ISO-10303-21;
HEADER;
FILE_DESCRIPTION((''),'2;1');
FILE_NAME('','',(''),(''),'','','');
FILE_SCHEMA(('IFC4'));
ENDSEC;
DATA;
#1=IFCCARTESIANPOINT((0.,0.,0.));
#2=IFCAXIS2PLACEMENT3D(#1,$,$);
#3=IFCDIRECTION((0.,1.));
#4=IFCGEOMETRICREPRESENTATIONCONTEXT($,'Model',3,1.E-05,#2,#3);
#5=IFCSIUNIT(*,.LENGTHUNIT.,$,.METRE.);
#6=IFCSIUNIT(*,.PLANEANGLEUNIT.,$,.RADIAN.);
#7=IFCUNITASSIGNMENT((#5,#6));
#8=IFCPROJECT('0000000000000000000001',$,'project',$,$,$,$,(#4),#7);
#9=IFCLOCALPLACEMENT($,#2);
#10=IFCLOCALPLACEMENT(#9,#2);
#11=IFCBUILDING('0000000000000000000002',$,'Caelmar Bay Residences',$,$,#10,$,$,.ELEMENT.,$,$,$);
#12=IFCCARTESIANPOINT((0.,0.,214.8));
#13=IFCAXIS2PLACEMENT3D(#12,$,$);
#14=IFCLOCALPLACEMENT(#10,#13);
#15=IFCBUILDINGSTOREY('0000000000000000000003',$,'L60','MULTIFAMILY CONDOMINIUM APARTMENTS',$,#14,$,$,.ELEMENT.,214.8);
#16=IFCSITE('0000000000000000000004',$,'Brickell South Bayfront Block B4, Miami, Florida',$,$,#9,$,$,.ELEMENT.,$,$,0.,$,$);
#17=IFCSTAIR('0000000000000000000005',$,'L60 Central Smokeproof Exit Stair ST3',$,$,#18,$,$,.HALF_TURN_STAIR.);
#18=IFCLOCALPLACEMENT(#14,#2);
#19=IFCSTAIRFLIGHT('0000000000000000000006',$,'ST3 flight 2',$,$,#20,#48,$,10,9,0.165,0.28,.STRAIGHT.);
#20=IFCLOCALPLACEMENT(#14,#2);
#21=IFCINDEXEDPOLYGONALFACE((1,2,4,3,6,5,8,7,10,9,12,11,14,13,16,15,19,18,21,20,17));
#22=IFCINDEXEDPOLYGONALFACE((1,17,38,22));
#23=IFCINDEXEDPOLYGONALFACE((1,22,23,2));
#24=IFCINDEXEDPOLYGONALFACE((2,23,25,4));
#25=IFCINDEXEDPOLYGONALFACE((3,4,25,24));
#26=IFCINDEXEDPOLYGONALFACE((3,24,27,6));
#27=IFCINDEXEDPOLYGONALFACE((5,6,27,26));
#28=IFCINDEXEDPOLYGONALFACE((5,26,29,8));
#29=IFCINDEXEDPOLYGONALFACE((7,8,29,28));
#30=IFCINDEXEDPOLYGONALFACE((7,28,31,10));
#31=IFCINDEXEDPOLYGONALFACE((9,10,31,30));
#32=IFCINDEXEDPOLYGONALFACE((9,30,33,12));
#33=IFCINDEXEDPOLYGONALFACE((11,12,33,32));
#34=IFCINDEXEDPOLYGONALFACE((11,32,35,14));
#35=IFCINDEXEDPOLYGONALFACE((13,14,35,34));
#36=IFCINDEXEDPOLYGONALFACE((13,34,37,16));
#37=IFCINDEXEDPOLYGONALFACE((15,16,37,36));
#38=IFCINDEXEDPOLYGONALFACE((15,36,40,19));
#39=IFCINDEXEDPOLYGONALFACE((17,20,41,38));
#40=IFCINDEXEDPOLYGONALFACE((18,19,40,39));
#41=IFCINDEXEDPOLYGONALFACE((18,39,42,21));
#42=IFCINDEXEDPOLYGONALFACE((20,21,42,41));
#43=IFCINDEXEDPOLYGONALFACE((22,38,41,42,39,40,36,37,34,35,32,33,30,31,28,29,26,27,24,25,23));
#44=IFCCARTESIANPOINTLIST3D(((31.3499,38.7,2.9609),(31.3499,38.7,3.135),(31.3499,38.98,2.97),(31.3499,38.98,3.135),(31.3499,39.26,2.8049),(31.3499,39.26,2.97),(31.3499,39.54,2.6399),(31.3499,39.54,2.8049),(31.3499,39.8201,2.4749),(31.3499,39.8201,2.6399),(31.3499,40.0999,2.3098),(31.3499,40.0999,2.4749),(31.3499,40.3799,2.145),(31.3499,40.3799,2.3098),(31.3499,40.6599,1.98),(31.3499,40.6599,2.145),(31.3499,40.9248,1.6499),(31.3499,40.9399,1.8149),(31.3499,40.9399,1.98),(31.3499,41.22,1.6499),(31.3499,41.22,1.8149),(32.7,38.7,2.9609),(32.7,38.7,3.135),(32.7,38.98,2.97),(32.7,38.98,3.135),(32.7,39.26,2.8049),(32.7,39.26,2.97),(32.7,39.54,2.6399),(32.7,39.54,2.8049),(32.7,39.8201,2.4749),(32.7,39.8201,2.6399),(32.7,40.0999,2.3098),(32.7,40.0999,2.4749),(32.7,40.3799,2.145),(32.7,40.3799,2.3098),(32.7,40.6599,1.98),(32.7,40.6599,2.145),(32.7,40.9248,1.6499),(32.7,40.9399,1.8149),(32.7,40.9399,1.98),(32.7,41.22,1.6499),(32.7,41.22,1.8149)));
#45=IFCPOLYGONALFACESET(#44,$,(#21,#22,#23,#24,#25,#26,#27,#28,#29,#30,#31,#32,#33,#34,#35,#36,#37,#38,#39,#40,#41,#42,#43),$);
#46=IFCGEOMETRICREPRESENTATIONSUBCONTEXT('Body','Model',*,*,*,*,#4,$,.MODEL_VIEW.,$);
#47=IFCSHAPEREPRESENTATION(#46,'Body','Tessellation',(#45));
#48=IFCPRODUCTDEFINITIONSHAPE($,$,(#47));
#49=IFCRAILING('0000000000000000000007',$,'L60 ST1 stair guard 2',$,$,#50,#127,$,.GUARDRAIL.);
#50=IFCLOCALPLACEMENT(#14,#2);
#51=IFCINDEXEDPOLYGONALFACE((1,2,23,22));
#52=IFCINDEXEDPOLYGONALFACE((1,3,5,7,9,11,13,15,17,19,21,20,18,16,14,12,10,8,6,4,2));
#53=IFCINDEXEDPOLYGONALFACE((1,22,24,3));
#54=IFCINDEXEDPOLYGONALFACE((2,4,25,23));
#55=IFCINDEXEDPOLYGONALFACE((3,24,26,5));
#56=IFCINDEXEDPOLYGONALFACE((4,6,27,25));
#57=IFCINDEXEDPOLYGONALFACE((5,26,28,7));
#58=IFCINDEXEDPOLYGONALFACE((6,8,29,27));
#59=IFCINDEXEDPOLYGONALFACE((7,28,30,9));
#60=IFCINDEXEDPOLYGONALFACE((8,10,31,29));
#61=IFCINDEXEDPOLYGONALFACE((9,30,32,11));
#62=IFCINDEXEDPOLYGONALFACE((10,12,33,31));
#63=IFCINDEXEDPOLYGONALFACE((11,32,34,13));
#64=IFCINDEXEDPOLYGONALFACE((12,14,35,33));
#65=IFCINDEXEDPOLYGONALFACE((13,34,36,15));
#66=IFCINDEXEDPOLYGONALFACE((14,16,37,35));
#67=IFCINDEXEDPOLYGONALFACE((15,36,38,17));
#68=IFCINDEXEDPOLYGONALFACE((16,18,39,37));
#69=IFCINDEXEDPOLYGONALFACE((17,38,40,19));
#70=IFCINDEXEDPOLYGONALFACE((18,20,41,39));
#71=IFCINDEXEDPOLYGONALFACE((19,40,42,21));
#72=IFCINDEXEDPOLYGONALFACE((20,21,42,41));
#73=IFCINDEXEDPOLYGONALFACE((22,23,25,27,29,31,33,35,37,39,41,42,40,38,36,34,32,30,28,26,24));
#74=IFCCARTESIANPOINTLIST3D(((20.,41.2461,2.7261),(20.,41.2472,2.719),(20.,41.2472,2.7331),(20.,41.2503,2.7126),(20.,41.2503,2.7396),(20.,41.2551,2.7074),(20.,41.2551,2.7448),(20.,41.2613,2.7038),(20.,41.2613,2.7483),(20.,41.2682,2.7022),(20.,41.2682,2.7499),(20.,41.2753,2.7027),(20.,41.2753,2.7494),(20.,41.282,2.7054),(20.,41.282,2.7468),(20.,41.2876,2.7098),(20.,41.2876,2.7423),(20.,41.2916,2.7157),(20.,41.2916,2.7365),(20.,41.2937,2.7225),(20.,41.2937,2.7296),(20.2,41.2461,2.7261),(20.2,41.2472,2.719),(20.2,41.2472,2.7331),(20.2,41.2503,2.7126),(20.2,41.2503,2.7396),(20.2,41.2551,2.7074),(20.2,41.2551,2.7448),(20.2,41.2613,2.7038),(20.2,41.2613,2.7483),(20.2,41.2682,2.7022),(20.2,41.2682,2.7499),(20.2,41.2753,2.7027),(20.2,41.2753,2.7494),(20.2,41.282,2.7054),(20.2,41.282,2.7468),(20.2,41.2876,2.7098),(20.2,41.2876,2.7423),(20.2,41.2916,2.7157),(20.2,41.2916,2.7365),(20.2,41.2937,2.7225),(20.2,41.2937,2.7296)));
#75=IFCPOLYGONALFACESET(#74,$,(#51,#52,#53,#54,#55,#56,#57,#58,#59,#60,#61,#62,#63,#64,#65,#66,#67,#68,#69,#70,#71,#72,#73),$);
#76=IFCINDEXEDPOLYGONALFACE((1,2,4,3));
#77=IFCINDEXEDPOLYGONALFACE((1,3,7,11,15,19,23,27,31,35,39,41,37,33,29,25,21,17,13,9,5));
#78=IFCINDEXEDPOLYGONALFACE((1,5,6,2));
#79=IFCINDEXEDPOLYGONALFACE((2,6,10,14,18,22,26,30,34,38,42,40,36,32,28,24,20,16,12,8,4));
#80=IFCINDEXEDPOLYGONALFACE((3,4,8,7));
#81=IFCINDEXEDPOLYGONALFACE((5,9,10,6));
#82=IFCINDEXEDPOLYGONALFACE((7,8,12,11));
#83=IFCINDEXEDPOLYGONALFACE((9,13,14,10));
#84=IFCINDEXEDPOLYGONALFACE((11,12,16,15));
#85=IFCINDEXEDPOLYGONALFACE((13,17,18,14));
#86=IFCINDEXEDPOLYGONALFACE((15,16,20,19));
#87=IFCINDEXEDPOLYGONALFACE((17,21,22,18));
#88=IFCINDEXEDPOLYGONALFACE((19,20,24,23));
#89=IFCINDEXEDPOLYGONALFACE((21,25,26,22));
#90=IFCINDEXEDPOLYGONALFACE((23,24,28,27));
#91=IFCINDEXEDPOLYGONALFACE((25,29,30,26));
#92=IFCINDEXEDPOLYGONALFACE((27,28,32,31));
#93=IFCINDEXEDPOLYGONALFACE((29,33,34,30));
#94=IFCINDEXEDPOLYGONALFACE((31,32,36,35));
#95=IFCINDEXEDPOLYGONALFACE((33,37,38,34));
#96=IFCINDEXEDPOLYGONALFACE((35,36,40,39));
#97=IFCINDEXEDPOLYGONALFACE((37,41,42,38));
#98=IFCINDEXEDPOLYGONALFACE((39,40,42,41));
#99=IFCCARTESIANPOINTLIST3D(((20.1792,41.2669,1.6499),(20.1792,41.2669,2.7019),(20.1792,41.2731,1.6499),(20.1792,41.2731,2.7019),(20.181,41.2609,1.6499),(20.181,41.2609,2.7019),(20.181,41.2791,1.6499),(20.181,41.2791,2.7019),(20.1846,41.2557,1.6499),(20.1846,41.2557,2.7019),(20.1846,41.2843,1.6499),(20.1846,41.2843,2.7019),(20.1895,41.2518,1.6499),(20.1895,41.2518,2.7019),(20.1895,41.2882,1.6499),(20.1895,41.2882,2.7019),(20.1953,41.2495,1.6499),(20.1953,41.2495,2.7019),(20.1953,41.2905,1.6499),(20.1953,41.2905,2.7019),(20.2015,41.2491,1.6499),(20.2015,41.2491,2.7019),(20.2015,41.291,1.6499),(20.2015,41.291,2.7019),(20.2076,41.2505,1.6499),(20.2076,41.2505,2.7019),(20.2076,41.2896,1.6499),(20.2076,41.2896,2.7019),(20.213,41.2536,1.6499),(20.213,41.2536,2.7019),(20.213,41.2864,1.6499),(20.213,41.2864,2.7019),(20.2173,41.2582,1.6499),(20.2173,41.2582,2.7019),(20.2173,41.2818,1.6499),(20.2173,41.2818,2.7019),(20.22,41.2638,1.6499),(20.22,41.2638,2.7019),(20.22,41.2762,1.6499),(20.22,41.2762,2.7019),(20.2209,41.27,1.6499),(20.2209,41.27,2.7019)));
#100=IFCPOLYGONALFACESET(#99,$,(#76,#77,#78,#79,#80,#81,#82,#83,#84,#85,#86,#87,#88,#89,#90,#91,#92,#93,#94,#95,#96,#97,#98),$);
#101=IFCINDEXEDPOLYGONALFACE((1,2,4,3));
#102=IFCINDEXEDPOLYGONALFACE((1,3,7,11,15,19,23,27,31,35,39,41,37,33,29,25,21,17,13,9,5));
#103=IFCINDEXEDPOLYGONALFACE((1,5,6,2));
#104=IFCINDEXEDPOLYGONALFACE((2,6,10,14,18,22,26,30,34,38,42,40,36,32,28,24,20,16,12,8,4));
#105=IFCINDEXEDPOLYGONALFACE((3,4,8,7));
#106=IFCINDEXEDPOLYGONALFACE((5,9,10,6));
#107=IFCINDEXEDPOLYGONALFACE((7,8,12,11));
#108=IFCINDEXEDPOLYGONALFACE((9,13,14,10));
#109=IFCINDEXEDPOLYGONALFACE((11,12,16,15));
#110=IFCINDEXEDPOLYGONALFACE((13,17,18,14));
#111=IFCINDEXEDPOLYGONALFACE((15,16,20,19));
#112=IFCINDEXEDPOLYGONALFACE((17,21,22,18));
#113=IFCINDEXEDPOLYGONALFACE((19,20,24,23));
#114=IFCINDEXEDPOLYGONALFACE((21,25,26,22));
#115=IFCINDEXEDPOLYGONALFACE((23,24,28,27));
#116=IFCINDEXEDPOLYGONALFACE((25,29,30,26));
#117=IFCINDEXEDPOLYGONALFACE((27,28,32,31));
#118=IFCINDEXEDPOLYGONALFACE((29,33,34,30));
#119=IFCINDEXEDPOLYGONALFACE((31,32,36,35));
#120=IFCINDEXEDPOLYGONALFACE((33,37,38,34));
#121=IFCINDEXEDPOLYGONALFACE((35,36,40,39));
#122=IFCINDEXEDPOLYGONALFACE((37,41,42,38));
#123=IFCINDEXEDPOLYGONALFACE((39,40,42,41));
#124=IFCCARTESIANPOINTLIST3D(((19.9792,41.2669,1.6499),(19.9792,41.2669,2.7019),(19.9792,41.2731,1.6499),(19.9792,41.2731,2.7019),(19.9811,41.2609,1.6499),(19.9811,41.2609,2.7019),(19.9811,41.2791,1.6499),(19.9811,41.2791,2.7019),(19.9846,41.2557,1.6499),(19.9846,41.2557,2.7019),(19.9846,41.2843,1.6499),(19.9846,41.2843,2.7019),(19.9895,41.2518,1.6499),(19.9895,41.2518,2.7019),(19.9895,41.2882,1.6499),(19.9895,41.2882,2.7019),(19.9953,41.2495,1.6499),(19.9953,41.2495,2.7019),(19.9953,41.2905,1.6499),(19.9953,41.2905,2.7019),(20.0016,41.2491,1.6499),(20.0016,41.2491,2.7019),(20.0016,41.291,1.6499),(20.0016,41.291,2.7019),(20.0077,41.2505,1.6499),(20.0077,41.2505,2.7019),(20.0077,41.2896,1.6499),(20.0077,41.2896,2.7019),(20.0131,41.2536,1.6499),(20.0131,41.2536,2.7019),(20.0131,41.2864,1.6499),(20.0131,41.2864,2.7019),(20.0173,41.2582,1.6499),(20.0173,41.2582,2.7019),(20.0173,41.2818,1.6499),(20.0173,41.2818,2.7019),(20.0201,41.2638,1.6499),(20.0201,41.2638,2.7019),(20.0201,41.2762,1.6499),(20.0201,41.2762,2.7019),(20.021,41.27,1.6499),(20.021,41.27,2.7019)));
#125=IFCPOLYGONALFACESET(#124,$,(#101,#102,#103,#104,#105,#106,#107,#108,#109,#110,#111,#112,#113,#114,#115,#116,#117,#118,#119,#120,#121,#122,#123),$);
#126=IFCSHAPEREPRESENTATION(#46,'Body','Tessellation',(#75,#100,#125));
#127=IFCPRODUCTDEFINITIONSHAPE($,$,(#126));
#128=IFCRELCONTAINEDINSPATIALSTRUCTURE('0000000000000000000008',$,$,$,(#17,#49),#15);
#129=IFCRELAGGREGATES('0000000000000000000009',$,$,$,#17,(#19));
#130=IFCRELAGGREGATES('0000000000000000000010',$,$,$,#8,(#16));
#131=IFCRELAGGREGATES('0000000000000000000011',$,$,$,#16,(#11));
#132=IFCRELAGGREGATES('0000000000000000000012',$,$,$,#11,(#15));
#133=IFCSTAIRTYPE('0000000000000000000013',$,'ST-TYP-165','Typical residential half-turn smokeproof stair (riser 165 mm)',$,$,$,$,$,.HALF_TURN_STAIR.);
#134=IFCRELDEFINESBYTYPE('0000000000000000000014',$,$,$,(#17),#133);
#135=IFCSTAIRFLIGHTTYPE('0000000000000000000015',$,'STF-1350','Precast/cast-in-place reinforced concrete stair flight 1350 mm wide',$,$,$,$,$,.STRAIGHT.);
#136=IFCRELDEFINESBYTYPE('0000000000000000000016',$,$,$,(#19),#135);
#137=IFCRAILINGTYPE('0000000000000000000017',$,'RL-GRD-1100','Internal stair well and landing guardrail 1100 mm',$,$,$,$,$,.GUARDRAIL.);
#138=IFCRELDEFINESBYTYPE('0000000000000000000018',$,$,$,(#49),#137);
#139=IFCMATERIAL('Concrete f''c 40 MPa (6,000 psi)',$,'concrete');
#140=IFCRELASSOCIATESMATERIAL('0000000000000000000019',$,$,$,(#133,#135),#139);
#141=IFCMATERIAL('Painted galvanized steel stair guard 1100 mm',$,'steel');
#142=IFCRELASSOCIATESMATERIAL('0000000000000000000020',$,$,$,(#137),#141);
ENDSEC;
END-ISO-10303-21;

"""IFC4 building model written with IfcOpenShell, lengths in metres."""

from ifc_helpers import new_model, si_unit, direction, frame, origin, origin_2d, place, context, subcontext, project, spatial, polyline, circle, outline, extrude, material, type_object, element, aggregate, save


model = new_model("IFC4")

# Units and contexts
model_context = context("Model", 3, precision=1e-05, world=origin(), true_north=direction((0.0, 1.0)))
body_context = subcontext(model_context, "Body", "Model", "MODEL_VIEW")
ifc_project = project(units=[si_unit("LENGTHUNIT", "METRE"), si_unit("PLANEANGLEUNIT", "RADIAN")], contexts=[model_context])

# Site, building, storey
site_placement = place(None, origin())
site = spatial("IfcSite", under=ifc_project, at=site_placement, Name="Brickell South Bayfront Block B4, Miami, Florida", CompositionType="ELEMENT", RefElevation=0.0)
building_placement = place(site_placement, origin())
building = spatial("IfcBuilding", under=site, at=building_placement, Name="Caelmar Bay Residences", CompositionType="ELEMENT")
storey_placement = place(building_placement, frame((0.0, 0.0, 214.8)))
storey = spatial("IfcBuildingStorey", under=building, at=storey_placement, Name="L60", Description="MULTIFAMILY CONDOMINIUM APARTMENTS", CompositionType="ELEMENT", Elevation=214.8)

# Stair, stair flight
ifc_material_1 = material(Name="Concrete f'c 40 MPa (6,000 psi)", Category="concrete")
stair_type = type_object("IfcStairType", Name="ST-TYP-165", Description="Typical residential half-turn smokeproof stair (riser 165 mm)", PredefinedType="HALF_TURN_STAIR", material=ifc_material_1)
stair_flight_type = type_object("IfcStairFlightType", Name="STF-1350", Description="Precast/cast-in-place reinforced concrete stair flight 1350 mm wide", PredefinedType="STRAIGHT", material=ifc_material_1)
stair_1_placement = place(storey_placement, origin())
stair_1 = element("IfcStair", 1, at=stair_1_placement, inside=storey, type_object=stair_type, Name="L60 Central Smokeproof Exit Stair ST3", PredefinedType="HALF_TURN_STAIR")
stair_flight_1_placement = place(storey_placement, frame((32.0249, 41.22, 1.6499), z_axis=(0.0, 0.0, 1.0), x_axis=(0.0, -1.0, 0.0)))
stair_flight_1 = element("IfcStairFlight", 2, at=stair_flight_1_placement, type_object=stair_flight_type, Name="ST3 flight 2", NumberOfRisers=10, NumberOfTreads=9, PredefinedType="STRAIGHT", RiserHeight=0.165, TreadLength=0.28, context=body_context, shape_type="SweptSolid", body=[
    extrude(outline(polyline([(0.0, 0.0), (0.0, 0.165), (0.28, 0.165), (0.28, 0.3301), (0.5601, 0.3301), (0.5601, 0.4951), (0.8401, 0.4951), (0.8401, 0.6599), (1.1201, 0.6599), (1.1201, 0.825), (1.3999, 0.825), (1.3999, 0.99), (1.6799, 0.99), (1.6799, 1.155), (1.96, 1.155), (1.96, 1.3201), (2.24, 1.3201), (2.24, 1.4851), (2.52, 1.4851), (2.52, 1.6499), (2.52, 1.311), (0.2952, 0.0), (0.0, 0.0)])), frame((0.0, 0.675, 0.0), z_axis=(0.0, -1.0, 0.0), x_axis=(1.0, 0.0, 0.0)), (0.0, 0.0, 1.0), 1.3501),
])
aggregate(stair_1, [stair_flight_1])

# Railing
ifc_material_2 = material(Name="Painted galvanized steel stair guard 1100 mm", Category="steel")
railing_type_1 = type_object("IfcRailingType", Name="RL-GRD-1100", Description="Internal stair well and landing guardrail 1100 mm", PredefinedType="GUARDRAIL", material=ifc_material_2)
railing_1_placement = place(storey_placement, frame((20.2, 41.27, 1.6499)))
element("IfcRailing", 3, at=railing_1_placement, inside=storey, type_object=railing_type_1, Name="L60 ST1 stair guard 2", PredefinedType="GUARDRAIL", context=body_context, shape_type="SweptSolid", body=[
    extrude(circle(Radius=0.0239, at=origin_2d()), frame((0.0, 0.0, 1.0762), z_axis=(-1.0, 0.0, 0.0), x_axis=(0.0, -1.0, 0.0)), (0.0, 0.0, 1.0), 0.2),
    extrude(circle(Radius=0.021, at=origin_2d()), origin(), (0.0, 0.0, 1.0), 1.052),
    extrude(circle(Radius=0.021, at=origin_2d()), frame((-0.2, 0.0, 0.0)), (0.0, 0.0, 1.0), 1.052),
])

save(model, "model.ifc")
